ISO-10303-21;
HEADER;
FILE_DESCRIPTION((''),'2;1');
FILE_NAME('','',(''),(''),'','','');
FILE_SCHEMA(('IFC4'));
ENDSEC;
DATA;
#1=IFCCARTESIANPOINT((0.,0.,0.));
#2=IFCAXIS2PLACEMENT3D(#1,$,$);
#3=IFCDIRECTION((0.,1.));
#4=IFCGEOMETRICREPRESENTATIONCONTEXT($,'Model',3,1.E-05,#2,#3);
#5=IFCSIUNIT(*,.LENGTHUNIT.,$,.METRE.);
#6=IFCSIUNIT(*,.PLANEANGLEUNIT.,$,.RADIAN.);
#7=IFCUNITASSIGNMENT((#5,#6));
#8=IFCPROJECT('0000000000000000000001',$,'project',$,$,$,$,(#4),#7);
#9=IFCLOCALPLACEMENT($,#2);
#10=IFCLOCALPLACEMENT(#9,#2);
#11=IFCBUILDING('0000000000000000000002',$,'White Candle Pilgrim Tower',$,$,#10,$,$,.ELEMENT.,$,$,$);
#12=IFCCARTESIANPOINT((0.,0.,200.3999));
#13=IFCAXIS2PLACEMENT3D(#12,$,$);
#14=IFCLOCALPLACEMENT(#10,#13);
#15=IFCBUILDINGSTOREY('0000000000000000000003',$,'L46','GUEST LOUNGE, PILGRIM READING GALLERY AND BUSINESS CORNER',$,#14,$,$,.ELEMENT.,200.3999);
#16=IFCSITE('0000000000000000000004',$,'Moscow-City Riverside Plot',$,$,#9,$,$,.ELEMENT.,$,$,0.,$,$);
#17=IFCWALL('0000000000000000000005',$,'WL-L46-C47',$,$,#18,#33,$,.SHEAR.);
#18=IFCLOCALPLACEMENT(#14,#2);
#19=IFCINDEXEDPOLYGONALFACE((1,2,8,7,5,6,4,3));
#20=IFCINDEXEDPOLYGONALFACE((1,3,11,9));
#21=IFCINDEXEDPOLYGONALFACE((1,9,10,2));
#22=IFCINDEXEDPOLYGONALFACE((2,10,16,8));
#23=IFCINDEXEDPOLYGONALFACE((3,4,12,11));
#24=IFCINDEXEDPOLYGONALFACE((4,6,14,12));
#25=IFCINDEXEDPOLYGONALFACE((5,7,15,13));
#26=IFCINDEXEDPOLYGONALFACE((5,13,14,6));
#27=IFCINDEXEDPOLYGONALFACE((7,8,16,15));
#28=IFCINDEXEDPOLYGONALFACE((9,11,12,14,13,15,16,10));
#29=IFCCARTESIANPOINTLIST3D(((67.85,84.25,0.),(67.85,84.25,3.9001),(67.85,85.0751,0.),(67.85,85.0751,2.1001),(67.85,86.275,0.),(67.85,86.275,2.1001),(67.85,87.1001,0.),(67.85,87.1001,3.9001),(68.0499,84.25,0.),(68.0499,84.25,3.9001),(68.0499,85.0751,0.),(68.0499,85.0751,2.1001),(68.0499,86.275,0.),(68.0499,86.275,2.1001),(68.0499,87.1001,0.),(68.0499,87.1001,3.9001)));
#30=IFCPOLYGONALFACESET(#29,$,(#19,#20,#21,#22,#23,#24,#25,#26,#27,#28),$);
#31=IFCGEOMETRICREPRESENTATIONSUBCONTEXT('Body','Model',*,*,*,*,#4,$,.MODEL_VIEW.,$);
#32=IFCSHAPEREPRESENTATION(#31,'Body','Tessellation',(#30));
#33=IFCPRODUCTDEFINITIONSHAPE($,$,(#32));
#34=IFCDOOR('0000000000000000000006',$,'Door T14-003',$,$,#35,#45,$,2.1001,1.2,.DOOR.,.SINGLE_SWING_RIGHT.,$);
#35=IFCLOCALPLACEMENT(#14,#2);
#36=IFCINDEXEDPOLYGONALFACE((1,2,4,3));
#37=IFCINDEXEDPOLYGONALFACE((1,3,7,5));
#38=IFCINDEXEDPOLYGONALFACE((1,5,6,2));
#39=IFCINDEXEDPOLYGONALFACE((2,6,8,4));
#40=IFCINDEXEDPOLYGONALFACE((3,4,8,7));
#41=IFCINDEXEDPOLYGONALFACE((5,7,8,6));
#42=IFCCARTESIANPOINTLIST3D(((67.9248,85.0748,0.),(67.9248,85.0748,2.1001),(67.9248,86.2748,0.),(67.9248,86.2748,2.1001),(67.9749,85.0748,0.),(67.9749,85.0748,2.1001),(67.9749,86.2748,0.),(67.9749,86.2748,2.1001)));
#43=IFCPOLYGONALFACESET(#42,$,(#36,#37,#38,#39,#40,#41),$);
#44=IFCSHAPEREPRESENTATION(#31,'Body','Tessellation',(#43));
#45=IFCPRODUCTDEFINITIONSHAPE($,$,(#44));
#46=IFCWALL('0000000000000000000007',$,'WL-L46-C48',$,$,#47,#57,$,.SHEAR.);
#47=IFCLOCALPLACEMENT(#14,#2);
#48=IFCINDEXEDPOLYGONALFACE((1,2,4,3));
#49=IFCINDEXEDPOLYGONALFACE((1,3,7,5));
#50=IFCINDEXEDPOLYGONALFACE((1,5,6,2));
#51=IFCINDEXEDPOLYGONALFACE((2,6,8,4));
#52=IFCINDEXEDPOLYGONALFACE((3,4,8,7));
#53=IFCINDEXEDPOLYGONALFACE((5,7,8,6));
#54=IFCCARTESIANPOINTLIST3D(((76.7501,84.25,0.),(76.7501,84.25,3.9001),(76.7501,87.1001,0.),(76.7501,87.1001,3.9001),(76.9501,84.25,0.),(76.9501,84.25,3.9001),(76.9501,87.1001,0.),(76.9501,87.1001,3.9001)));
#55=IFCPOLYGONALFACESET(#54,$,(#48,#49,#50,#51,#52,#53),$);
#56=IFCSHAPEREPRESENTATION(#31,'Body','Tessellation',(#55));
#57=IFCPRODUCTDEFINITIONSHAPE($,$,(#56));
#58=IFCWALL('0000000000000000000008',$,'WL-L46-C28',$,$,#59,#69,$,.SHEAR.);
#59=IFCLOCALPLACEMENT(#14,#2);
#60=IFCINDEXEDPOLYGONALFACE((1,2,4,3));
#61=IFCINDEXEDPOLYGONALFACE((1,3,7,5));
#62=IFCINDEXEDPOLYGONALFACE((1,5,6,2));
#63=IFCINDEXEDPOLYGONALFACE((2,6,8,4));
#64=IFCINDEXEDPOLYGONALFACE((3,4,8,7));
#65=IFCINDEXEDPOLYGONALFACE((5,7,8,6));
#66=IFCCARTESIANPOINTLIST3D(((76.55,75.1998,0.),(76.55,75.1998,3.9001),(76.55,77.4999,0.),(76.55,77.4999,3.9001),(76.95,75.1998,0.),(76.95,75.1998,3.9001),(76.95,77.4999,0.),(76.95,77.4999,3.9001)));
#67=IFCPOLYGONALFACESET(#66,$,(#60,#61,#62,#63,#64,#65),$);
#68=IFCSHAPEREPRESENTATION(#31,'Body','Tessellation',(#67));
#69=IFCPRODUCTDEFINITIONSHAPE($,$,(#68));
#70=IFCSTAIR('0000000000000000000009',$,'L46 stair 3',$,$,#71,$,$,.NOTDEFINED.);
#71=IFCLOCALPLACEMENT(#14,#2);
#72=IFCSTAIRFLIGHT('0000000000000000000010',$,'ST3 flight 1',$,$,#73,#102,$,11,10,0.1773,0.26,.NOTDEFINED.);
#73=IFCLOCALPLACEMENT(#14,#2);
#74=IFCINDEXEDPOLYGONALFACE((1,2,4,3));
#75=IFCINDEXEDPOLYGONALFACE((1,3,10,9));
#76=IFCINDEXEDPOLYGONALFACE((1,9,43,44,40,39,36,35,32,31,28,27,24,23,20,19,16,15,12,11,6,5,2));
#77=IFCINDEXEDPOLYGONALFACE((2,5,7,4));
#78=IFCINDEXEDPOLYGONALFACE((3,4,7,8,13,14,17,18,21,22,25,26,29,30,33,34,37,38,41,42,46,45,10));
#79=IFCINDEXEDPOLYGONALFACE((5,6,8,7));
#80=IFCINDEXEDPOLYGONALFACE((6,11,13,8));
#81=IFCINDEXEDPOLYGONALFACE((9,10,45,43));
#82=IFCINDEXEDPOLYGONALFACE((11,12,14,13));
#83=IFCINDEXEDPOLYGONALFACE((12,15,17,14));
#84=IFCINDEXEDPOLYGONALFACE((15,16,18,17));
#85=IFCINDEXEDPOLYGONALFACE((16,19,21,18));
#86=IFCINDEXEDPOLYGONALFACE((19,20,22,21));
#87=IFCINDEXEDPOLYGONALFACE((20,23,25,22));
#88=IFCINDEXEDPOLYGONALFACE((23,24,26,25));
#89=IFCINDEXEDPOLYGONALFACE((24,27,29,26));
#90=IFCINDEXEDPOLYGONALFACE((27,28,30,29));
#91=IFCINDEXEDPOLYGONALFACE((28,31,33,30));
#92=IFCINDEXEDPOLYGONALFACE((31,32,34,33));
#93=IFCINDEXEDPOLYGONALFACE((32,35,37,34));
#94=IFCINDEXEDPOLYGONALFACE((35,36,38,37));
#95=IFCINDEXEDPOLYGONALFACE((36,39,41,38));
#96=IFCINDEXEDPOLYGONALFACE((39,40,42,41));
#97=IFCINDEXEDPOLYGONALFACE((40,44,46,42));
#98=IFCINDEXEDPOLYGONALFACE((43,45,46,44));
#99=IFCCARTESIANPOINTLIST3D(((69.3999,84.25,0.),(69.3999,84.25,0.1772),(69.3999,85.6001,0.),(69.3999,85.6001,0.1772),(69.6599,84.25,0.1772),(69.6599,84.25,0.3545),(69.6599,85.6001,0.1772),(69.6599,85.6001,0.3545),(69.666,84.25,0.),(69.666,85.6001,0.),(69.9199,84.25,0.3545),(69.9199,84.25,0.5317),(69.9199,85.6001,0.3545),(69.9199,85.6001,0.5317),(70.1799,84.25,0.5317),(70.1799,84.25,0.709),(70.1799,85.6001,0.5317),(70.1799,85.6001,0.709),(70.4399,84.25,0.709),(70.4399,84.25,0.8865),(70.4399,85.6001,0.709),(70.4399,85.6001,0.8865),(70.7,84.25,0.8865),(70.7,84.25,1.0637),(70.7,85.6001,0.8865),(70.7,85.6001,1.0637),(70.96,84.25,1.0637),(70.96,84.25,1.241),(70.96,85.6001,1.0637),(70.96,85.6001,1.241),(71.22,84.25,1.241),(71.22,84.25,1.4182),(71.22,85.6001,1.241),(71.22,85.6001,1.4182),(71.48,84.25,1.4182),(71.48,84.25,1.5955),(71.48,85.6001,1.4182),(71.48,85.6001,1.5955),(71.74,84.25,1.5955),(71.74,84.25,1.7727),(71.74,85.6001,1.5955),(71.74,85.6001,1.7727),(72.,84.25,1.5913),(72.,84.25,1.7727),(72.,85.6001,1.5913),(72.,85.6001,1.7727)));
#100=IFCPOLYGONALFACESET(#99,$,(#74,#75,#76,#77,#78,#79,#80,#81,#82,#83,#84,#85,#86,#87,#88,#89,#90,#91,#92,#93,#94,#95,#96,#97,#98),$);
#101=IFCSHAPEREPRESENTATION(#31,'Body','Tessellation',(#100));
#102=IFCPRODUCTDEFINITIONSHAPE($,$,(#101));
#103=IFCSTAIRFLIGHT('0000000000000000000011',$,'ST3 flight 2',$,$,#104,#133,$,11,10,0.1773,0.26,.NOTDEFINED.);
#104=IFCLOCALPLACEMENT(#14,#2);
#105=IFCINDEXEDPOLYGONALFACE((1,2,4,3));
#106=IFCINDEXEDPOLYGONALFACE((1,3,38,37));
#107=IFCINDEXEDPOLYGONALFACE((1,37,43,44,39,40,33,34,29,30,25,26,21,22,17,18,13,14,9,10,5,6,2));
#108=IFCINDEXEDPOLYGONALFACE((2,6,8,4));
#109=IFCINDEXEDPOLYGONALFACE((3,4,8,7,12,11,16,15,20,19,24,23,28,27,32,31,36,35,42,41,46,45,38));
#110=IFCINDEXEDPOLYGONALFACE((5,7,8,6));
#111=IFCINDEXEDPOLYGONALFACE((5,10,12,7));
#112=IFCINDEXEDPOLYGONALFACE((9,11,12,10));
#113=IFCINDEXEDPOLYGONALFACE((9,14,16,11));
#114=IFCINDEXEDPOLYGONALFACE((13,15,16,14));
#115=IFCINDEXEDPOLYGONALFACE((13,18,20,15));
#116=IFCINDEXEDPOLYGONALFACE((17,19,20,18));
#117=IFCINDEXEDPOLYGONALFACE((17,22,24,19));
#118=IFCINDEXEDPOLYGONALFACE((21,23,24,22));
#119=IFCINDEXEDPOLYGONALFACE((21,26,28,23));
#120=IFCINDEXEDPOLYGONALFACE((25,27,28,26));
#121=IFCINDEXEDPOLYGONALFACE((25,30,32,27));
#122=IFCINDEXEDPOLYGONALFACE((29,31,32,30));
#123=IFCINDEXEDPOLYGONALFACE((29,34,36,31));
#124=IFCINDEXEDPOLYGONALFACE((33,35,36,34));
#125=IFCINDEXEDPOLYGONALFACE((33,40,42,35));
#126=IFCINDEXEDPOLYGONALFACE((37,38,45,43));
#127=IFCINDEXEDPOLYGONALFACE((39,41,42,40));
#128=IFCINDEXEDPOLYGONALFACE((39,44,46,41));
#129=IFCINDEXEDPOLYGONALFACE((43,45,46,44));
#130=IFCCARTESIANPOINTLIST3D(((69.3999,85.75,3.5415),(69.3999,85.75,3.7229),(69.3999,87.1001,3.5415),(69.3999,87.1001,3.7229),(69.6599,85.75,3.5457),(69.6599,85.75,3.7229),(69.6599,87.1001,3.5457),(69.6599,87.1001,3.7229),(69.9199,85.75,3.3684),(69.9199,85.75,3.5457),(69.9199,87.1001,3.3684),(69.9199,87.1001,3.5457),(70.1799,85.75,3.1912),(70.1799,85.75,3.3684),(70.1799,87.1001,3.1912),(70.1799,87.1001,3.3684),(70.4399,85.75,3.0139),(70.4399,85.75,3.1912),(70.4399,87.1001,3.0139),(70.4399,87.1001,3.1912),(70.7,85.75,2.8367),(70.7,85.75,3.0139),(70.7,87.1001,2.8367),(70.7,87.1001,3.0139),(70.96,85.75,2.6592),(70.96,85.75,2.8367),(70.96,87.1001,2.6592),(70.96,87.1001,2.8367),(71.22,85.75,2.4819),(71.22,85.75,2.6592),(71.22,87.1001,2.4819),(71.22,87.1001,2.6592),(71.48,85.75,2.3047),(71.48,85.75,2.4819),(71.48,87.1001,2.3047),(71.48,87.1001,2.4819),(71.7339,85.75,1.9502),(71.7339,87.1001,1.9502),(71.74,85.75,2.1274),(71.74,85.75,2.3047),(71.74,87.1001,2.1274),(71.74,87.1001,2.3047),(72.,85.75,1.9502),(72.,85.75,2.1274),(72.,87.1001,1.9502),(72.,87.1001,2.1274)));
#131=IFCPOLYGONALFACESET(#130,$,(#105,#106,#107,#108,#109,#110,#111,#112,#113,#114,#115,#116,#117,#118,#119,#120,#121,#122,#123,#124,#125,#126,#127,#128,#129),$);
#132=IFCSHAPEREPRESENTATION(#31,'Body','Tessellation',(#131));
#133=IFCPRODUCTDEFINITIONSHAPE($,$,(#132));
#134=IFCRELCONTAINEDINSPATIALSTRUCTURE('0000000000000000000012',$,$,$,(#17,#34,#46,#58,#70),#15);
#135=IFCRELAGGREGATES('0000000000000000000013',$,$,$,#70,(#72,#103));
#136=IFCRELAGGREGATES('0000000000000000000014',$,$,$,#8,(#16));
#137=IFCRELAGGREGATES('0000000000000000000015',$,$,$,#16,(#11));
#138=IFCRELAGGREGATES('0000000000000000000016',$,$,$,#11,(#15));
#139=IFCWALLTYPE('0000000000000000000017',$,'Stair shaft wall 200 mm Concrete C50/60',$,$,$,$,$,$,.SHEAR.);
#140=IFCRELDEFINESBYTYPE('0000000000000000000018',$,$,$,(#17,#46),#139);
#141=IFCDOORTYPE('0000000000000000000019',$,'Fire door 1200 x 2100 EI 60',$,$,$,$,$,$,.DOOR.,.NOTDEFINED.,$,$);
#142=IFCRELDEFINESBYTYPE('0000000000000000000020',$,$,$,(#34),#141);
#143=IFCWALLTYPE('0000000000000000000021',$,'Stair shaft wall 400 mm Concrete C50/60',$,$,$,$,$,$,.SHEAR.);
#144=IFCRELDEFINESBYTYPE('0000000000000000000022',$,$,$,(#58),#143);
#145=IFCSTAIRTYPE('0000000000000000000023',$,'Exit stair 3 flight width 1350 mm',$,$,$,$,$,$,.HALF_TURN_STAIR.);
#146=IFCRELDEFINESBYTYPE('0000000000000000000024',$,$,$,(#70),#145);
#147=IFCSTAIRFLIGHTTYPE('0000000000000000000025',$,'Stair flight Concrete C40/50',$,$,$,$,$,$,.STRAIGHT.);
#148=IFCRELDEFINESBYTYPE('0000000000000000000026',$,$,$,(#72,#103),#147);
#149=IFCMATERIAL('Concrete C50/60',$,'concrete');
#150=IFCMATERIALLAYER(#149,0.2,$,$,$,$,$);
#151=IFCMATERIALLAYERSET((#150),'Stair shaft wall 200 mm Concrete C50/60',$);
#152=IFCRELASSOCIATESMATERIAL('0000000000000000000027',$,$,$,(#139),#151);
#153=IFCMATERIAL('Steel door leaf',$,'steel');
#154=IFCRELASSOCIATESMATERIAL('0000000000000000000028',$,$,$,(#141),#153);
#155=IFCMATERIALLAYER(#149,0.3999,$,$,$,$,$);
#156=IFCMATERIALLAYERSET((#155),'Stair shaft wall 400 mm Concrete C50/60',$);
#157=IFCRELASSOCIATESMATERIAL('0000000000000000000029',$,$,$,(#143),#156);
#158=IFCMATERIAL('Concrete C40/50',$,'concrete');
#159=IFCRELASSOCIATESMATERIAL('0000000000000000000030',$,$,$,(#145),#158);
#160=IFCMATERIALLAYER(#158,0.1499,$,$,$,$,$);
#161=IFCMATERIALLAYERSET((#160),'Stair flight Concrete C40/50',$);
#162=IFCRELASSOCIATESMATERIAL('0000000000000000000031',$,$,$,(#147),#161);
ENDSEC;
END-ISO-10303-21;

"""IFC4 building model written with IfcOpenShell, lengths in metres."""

from ifc_helpers import new_model, si_unit, direction, frame, frame_2d, origin, place, context, subcontext, project, spatial, polyline, rectangle, outline, extrude, material, layer, layer_set, type_object, element, fill, aggregate, save


model = new_model("IFC4")

# Units and contexts
model_context = context("Model", 3, precision=1e-05, world=origin(), true_north=direction((0.0, 1.0)))
body_context = subcontext(model_context, "Body", "Model", "MODEL_VIEW")
ifc_project = project(units=[si_unit("LENGTHUNIT", "METRE"), si_unit("PLANEANGLEUNIT", "RADIAN")], contexts=[model_context])

# Site, building, storey
site_placement = place(None, origin())
site = spatial("IfcSite", under=ifc_project, at=site_placement, Name="Moscow-City Riverside Plot", CompositionType="ELEMENT", RefElevation=0.0)
building_placement = place(site_placement, origin())
building = spatial("IfcBuilding", under=site, at=building_placement, Name="White Candle Pilgrim Tower", CompositionType="ELEMENT")
storey_placement = place(building_placement, frame((0.0, 0.0, 200.3999)))
storey = spatial("IfcBuildingStorey", under=building, at=storey_placement, Name="L46", Description="GUEST LOUNGE, PILGRIM READING GALLERY AND BUSINESS CORNER", CompositionType="ELEMENT", Elevation=200.3999)

# Shared definitions
ifc_material_1 = material(Name="Concrete C50/60", Category="concrete")

# Shared definitions
ifc_material_2 = material(Name="Steel door leaf", Category="steel")

# Shared definitions
ifc_layer_1 = layer(ifc_material_1, 0.2)
ifc_layer_set_1 = layer_set([ifc_layer_1], Name="Stair shaft wall 200 mm Concrete C50/60")
wall_type_1 = type_object("IfcWallType", Name="Stair shaft wall 200 mm Concrete C50/60", PredefinedType="SHEAR", material=ifc_layer_set_1)

# Wall, opening, door
wall_1_placement = place(storey_placement, frame((67.95, 84.25, 0.0), z_axis=(0.0, 0.0, 1.0), x_axis=(0.0, 1.0, 0.0)))
wall_1 = element("IfcWall", 1, at=wall_1_placement, inside=storey, type_object=wall_type_1, Name="WL-L46-C47", PredefinedType="SHEAR", context=body_context, shape_type="SweptSolid", body=[
    extrude(rectangle(XDim=2.8501, YDim=0.2, at=frame_2d((1.425, 0.0))), origin(), (0.0, 0.0, 1.0), 3.9001),
])
opening_1_placement = place(wall_1_placement, frame((0.825, 0.0, 0.0)))
opening_1 = element("IfcOpeningElement", 2, at=opening_1_placement, cuts=wall_1, PredefinedType="OPENING", context=body_context, shape_type="SweptSolid", body=[
    extrude(rectangle(XDim=1.2, YDim=2.1001, at=frame_2d((0.6001, 1.05))), frame((0.0, 0.1099, 0.0), z_axis=(0.0, -1.0, 0.0), x_axis=(1.0, 0.0, 0.0)), (0.0, 0.0, 1.0), 0.22),
])
door_type_1 = type_object("IfcDoorType", Name="Fire door 1200 x 2100 EI 60", OperationType="NOTDEFINED", PredefinedType="DOOR", material=ifc_material_2)
door_1_placement = place(opening_1_placement, frame((1.2, 0.0, 0.0), z_axis=(0.0, 0.0, 1.0), x_axis=(-1.0, 0.0, 0.0)))
door_1 = element("IfcDoor", 3, at=door_1_placement, inside=storey, type_object=door_type_1, Name="Door T14-003", OperationType="SINGLE_SWING_RIGHT", OverallHeight=2.1001, OverallWidth=1.2, PredefinedType="DOOR", context=body_context, shape_type="SweptSolid", body=[
    extrude(rectangle(XDim=1.2, YDim=2.1001, at=frame_2d((0.6001, 1.05))), frame((0.0, 0.0249, 0.0), z_axis=(0.0, -1.0, 0.0), x_axis=(1.0, 0.0, 0.0)), (0.0, 0.0, 1.0), 0.05),
])
fill(opening_1, door_1)

# Walls
wall_2_placement = place(storey_placement, frame((76.8501, 84.25, 0.0), z_axis=(0.0, 0.0, 1.0), x_axis=(0.0, 1.0, 0.0)))
element("IfcWall", 4, at=wall_2_placement, inside=storey, type_object=wall_type_1, Name="WL-L46-C48", PredefinedType="SHEAR", context=body_context, shape_type="SweptSolid", body=[
    extrude(rectangle(XDim=2.8501, YDim=0.2, at=frame_2d((1.425, 0.0))), origin(), (0.0, 0.0, 1.0), 3.9001),
])
ifc_layer_2 = layer(ifc_material_1, 0.3999)
ifc_layer_set_2 = layer_set([ifc_layer_2], Name="Stair shaft wall 400 mm Concrete C50/60")
wall_type_2 = type_object("IfcWallType", Name="Stair shaft wall 400 mm Concrete C50/60", PredefinedType="SHEAR", material=ifc_layer_set_2)
wall_3_placement = place(storey_placement, frame((76.75, 75.2, 0.0), z_axis=(0.0, 0.0, 1.0), x_axis=(0.0, 1.0, 0.0)))
element("IfcWall", 5, at=wall_3_placement, inside=storey, type_object=wall_type_2, Name="WL-L46-C28", PredefinedType="SHEAR", context=body_context, shape_type="SweptSolid", body=[
    extrude(rectangle(XDim=2.3, YDim=0.3999, at=frame_2d((1.1499, 0.0))), origin(), (0.0, 0.0, 1.0), 3.9001),
])

# Stair, stair flights
ifc_material_3 = material(Name="Concrete C40/50", Category="concrete")
stair_type = type_object("IfcStairType", Name="Exit stair 3 flight width 1350 mm", PredefinedType="HALF_TURN_STAIR", material=ifc_material_3)
stair_placement = place(storey_placement, origin())
stair = element("IfcStair", 6, at=stair_placement, inside=storey, type_object=stair_type, Name="L46 stair 3", PredefinedType="NOTDEFINED")
ifc_layer_3 = layer(ifc_material_3, 0.1499)
ifc_layer_set_3 = layer_set([ifc_layer_3], Name="Stair flight Concrete C40/50")
stair_flight_type = type_object("IfcStairFlightType", Name="Stair flight Concrete C40/50", PredefinedType="STRAIGHT", material=ifc_layer_set_3)
stair_flight_1_placement = place(storey_placement, frame((69.3999, 84.925, 0.0), z_axis=(0.0, 0.0, 1.0), x_axis=(1.0, 0.0, 0.0)))
stair_flight_1 = element("IfcStairFlight", 7, at=stair_flight_1_placement, type_object=stair_flight_type, Name="ST3 flight 1", NumberOfRisers=11, NumberOfTreads=10, PredefinedType="NOTDEFINED", RiserHeight=0.1773, TreadLength=0.26, context=body_context, shape_type="SweptSolid", body=[
    extrude(outline(polyline([(0.0, 0.0), (0.0, 0.1772), (0.26, 0.1772), (0.26, 0.3545), (0.52, 0.3545), (0.52, 0.5317), (0.78, 0.5317), (0.78, 0.709), (1.04, 0.709), (1.04, 0.8865), (1.3, 0.8865), (1.3, 1.0637), (1.5601, 1.0637), (1.5601, 1.241), (1.8201, 1.241), (1.8201, 1.4182), (2.0801, 1.4182), (2.0801, 1.5955), (2.3401, 1.5955), (2.3401, 1.7727), (2.6001, 1.7727), (2.6001, 1.95), (2.6001, 1.5913), (0.2661, 0.0), (0.0, 0.0)])), frame((0.0, 0.675, 0.0), z_axis=(0.0, -1.0, 0.0), x_axis=(1.0, 0.0, 0.0)), (0.0, 0.0, 1.0), 1.3501),
])
stair_flight_2_placement = place(storey_placement, frame((72.0, 86.425, 1.9502), z_axis=(0.0, 0.0, 1.0), x_axis=(-1.0, 0.0, 0.0)))
stair_flight_2 = element("IfcStairFlight", 8, at=stair_flight_2_placement, type_object=stair_flight_type, Name="ST3 flight 2", NumberOfRisers=11, NumberOfTreads=10, PredefinedType="NOTDEFINED", RiserHeight=0.1773, TreadLength=0.26, context=body_context, shape_type="SweptSolid", body=[
    extrude(outline(polyline([(0.0, 0.0), (0.0, 0.1772), (0.26, 0.1772), (0.26, 0.3545), (0.52, 0.3545), (0.52, 0.5317), (0.78, 0.5317), (0.78, 0.709), (1.04, 0.709), (1.04, 0.8865), (1.3, 0.8865), (1.3, 1.0637), (1.5601, 1.0637), (1.5601, 1.241), (1.8201, 1.241), (1.8201, 1.4182), (2.0801, 1.4182), (2.0801, 1.5955), (2.3401, 1.5955), (2.3401, 1.7727), (2.6001, 1.7727), (2.6001, 1.95), (2.6001, 1.5913), (0.2661, 0.0), (0.0, 0.0)])), frame((0.0, 0.675, 0.0), z_axis=(0.0, -1.0, 0.0), x_axis=(1.0, 0.0, 0.0)), (0.0, 0.0, 1.0), 1.3501),
])
aggregate(stair, [stair_flight_1, stair_flight_2])

save(model, "model.ifc")
